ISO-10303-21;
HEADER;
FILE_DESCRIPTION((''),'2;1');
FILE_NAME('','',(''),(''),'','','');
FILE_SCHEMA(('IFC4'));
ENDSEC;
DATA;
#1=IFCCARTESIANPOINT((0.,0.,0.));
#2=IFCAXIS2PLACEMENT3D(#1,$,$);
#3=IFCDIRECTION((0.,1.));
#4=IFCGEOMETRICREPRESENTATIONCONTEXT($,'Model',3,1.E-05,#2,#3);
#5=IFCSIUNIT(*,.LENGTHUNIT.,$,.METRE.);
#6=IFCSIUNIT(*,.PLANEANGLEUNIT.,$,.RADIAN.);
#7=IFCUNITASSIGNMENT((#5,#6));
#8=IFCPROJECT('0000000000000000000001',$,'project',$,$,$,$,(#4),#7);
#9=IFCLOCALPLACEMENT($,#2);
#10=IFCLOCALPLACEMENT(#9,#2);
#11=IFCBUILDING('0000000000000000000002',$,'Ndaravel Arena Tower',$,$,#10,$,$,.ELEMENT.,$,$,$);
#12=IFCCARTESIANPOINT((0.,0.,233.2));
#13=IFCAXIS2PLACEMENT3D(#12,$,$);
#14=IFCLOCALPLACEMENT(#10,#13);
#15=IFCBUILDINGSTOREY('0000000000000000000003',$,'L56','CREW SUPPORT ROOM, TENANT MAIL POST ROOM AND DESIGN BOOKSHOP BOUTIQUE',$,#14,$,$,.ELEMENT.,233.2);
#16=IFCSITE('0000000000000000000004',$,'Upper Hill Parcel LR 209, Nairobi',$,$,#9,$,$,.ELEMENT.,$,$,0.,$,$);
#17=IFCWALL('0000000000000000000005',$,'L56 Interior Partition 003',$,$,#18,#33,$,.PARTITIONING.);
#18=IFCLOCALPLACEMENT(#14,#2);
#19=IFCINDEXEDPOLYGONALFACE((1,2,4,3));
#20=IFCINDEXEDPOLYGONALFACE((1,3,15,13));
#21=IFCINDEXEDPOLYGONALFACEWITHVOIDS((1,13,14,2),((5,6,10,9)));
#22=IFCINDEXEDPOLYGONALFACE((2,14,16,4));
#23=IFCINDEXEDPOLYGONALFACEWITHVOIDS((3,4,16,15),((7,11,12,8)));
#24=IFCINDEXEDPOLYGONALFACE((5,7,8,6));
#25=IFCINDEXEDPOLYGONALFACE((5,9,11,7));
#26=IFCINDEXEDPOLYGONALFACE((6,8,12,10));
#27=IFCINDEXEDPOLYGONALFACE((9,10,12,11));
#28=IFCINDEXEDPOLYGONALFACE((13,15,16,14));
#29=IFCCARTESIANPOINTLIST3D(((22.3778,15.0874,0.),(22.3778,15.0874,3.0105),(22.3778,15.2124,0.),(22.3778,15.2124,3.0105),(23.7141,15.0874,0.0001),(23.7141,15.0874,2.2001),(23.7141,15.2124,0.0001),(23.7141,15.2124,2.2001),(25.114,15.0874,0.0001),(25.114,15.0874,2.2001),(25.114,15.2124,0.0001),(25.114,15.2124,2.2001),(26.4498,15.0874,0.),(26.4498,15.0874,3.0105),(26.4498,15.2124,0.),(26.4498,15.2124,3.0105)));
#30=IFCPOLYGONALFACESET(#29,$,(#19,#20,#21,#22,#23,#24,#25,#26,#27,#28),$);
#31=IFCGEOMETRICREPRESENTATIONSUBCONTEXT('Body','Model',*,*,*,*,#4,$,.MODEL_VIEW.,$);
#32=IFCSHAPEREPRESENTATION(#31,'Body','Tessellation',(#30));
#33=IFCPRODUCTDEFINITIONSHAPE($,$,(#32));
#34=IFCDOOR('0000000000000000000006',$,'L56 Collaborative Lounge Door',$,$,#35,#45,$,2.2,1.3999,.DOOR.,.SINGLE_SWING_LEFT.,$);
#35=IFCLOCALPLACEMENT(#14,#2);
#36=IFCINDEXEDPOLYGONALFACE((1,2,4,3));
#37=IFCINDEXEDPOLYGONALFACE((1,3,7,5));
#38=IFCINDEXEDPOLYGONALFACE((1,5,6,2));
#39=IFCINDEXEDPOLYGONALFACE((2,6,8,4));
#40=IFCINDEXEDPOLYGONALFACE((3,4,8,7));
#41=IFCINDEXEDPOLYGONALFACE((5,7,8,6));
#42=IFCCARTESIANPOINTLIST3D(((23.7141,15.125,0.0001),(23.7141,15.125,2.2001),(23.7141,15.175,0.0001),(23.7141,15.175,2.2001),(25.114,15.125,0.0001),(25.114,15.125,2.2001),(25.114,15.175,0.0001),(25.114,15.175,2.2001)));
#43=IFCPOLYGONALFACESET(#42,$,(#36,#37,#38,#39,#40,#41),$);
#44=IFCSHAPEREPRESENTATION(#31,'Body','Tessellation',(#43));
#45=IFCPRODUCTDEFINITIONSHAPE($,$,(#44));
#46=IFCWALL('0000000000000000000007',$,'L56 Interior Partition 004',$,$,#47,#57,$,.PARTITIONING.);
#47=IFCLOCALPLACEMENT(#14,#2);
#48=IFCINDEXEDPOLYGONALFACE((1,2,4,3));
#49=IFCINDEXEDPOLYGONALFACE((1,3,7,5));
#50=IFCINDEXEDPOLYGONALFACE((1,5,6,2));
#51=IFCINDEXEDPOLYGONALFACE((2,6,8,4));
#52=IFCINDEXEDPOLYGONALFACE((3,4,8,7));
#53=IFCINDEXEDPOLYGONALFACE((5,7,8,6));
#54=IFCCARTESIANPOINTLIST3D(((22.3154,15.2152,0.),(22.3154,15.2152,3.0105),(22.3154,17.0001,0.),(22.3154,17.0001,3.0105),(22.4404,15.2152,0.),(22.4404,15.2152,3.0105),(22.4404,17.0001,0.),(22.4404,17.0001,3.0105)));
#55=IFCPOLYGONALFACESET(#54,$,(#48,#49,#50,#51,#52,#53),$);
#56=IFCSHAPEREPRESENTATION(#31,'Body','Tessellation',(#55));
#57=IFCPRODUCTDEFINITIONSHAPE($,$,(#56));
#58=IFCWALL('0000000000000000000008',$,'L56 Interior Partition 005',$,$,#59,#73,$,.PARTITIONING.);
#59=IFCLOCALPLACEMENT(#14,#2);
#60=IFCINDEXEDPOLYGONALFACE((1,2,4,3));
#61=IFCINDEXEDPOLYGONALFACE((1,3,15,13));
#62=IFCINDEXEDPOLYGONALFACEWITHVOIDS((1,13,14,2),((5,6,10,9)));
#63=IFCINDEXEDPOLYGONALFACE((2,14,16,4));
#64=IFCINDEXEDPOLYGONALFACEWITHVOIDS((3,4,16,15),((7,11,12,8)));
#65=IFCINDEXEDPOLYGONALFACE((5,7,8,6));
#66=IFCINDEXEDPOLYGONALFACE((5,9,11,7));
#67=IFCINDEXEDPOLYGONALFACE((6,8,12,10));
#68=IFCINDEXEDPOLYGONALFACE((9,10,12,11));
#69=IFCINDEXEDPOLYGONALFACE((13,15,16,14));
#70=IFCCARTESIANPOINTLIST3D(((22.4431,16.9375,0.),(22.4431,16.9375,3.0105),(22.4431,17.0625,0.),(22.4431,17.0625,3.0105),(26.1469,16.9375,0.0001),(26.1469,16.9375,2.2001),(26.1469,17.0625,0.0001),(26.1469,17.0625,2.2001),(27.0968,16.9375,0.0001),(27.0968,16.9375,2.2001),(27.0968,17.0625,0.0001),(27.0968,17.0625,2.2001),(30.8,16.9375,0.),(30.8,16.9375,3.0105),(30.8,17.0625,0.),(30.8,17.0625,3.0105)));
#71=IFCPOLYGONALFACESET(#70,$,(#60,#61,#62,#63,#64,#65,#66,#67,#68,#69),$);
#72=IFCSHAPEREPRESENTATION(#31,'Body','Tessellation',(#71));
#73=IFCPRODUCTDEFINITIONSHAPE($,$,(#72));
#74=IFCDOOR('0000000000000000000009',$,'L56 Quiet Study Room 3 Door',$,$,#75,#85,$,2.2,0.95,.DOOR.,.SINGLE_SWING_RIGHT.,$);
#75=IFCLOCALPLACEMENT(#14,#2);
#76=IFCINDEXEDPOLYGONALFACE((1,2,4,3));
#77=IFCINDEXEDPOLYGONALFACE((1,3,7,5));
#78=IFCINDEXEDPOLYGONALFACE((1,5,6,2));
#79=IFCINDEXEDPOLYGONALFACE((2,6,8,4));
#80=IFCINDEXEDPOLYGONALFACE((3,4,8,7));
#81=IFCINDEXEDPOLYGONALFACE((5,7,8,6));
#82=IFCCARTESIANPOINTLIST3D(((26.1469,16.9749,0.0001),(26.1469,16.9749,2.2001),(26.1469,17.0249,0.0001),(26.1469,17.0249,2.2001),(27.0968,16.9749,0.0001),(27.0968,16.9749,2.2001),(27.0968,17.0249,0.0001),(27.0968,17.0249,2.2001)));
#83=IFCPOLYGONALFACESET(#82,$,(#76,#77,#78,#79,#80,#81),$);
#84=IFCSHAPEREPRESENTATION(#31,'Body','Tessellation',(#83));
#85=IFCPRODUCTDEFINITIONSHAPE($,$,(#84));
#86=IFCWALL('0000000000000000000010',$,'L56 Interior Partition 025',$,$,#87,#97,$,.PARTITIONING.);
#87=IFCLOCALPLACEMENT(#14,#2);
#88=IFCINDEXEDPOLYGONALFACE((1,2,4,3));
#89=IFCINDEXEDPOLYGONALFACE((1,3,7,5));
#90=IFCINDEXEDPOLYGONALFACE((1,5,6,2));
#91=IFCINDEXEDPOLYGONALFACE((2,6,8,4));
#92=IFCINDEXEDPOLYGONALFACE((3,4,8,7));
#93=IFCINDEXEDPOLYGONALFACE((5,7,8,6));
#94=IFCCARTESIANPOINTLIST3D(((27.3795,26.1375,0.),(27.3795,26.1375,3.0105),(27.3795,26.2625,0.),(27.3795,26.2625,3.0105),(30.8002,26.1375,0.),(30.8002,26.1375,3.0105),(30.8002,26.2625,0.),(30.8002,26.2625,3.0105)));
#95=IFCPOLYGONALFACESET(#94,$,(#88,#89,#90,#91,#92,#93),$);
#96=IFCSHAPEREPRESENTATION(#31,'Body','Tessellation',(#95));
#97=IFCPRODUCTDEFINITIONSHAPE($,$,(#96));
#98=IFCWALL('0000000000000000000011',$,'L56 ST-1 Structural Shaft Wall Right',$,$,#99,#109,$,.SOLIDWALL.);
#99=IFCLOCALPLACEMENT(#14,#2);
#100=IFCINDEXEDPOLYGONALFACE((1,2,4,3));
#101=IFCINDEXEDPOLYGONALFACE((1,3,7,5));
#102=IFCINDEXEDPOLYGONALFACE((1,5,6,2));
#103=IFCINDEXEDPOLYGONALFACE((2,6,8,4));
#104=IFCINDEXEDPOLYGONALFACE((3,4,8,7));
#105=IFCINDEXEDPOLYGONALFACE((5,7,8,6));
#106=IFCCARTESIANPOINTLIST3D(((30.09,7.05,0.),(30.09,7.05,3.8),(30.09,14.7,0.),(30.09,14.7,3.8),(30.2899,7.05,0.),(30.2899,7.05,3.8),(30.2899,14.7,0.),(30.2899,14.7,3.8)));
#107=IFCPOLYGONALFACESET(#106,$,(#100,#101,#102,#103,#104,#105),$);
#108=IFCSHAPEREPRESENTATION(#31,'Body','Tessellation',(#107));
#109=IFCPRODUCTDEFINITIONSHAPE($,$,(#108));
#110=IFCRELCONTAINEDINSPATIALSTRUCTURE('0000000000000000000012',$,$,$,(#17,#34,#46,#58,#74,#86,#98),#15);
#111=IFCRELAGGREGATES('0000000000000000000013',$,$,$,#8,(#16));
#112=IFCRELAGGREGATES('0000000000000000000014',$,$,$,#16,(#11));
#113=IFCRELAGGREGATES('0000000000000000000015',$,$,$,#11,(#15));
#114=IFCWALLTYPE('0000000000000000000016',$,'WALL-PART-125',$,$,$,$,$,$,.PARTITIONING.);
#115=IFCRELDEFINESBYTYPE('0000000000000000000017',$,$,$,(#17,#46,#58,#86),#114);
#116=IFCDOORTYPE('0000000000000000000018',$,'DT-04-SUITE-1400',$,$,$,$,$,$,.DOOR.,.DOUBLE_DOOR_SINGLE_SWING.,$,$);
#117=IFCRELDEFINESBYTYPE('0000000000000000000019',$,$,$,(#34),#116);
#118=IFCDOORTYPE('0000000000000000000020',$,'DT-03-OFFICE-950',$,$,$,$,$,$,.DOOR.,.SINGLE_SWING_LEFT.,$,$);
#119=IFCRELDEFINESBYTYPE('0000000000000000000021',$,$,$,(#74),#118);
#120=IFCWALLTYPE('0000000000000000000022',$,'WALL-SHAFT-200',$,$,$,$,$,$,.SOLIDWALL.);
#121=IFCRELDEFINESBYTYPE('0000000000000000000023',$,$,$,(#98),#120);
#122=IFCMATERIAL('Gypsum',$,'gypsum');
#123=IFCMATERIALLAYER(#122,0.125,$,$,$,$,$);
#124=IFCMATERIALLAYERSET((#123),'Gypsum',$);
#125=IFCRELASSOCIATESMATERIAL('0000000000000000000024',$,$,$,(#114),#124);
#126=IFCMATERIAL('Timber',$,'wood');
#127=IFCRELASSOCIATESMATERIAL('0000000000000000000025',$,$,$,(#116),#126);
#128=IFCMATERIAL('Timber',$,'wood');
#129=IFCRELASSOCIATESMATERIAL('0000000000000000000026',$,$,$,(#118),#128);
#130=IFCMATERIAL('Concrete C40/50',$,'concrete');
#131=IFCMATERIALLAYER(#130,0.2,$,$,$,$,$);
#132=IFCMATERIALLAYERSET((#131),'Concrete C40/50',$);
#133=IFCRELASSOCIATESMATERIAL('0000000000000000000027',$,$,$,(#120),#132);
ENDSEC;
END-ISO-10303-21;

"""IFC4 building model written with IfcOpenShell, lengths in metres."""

from ifc_helpers import new_model, si_unit, direction, frame, frame_2d, origin, place, context, subcontext, project, spatial, rectangle, extrude, material, layer, layer_set, type_object, element, fill, save


model = new_model("IFC4")

# Units and contexts
model_context = context("Model", 3, precision=1e-05, world=origin(), true_north=direction((0.0, 1.0)))
body_context = subcontext(model_context, "Body", "Model", "MODEL_VIEW")
ifc_project = project(units=[si_unit("LENGTHUNIT", "METRE"), si_unit("PLANEANGLEUNIT", "RADIAN")], contexts=[model_context])

# Site, building, storey
site_placement = place(None, origin())
site = spatial("IfcSite", under=ifc_project, at=site_placement, Name="Upper Hill Parcel LR 209, Nairobi", CompositionType="ELEMENT", RefElevation=0.0)
building_placement = place(site_placement, origin())
building = spatial("IfcBuilding", under=site, at=building_placement, Name="Ndaravel Arena Tower", CompositionType="ELEMENT")
storey_placement = place(building_placement, frame((0.0, 0.0, 233.2)))
storey = spatial("IfcBuildingStorey", under=building, at=storey_placement, Name="L56", Description="CREW SUPPORT ROOM, TENANT MAIL POST ROOM AND DESIGN BOOKSHOP BOUTIQUE", CompositionType="ELEMENT", Elevation=233.2)

# Wall, opening, door
ifc_material_1 = material(Name="Gypsum", Category="gypsum")
ifc_layer_1 = layer(ifc_material_1, 0.125)
ifc_layer_set_1 = layer_set([ifc_layer_1], Name="Gypsum")
wall_type_1 = type_object("IfcWallType", Name="WALL-PART-125", PredefinedType="PARTITIONING", material=ifc_layer_set_1)
wall_1_placement = place(storey_placement, frame((26.45, 15.1499, 0.0), z_axis=(0.0, 0.0, 1.0), x_axis=(-1.0, 0.0, 0.0)))
wall_1 = element("IfcWall", 1, at=wall_1_placement, inside=storey, type_object=wall_type_1, Name="L56 Interior Partition 003", PredefinedType="PARTITIONING", context=body_context, shape_type="SweptSolid", body=[
    extrude(rectangle(XDim=4.072, YDim=0.125, at=frame_2d((2.0361, 0.0))), origin(), (0.0, 0.0, 1.0), 3.0105),
])
opening_1_placement = place(wall_1_placement, frame((1.3359, 0.0, 0.0)))
opening_1 = element("IfcOpeningElement", 2, at=opening_1_placement, cuts=wall_1, PredefinedType="OPENING", context=body_context, shape_type="SweptSolid", body=[
    extrude(rectangle(XDim=1.3999, YDim=2.2, at=frame_2d((0.7, 1.1001))), frame((0.0, 0.0625, 0.0), z_axis=(0.0, -1.0, 0.0), x_axis=(1.0, 0.0, 0.0)), (0.0, 0.0, 1.0), 0.125),
])
ifc_material_2 = material(Name="Timber", Category="wood")
door_type_1 = type_object("IfcDoorType", Name="DT-04-SUITE-1400", OperationType="DOUBLE_DOOR_SINGLE_SWING", PredefinedType="DOOR", material=ifc_material_2)
door_1_placement = place(opening_1_placement, origin())
door_1 = element("IfcDoor", 3, at=door_1_placement, inside=storey, type_object=door_type_1, Name="L56 Collaborative Lounge Door", OperationType="SINGLE_SWING_LEFT", OverallHeight=2.2, OverallWidth=1.3999, PredefinedType="DOOR", context=body_context, shape_type="SweptSolid", body=[
    extrude(rectangle(XDim=1.3999, YDim=2.2, at=frame_2d((0.7, 1.1001))), frame((0.0, 0.0249, 0.0), z_axis=(0.0, -1.0, 0.0), x_axis=(1.0, 0.0, 0.0)), (0.0, 0.0, 1.0), 0.05),
])
fill(opening_1, door_1)

# Wall
wall_2_placement = place(storey_placement, frame((22.3779, 15.2151, 0.0), z_axis=(0.0, 0.0, 1.0), x_axis=(0.0, 1.0, 0.0)))
element("IfcWall", 4, at=wall_2_placement, inside=storey, type_object=wall_type_1, Name="L56 Interior Partition 004", PredefinedType="PARTITIONING", context=body_context, shape_type="SweptSolid", body=[
    extrude(rectangle(XDim=1.7849, YDim=0.125, at=frame_2d((0.8926, 0.0))), origin(), (0.0, 0.0, 1.0), 3.0105),
])

# Wall, opening, door
wall_3_placement = place(storey_placement, frame((22.4431, 17.0, 0.0), z_axis=(0.0, 0.0, 1.0), x_axis=(1.0, 0.0, 0.0)))
wall_3 = element("IfcWall", 5, at=wall_3_placement, inside=storey, type_object=wall_type_1, Name="L56 Interior Partition 005", PredefinedType="PARTITIONING", context=body_context, shape_type="SweptSolid", body=[
    extrude(rectangle(XDim=8.3569, YDim=0.125, at=frame_2d((4.1785, 0.0))), origin(), (0.0, 0.0, 1.0), 3.0105),
])
opening_2_placement = place(wall_3_placement, frame((3.7036, 0.0, 0.0)))
opening_2 = element("IfcOpeningElement", 6, at=opening_2_placement, cuts=wall_3, PredefinedType="OPENING", context=body_context, shape_type="SweptSolid", body=[
    extrude(rectangle(XDim=0.95, YDim=2.2, at=frame_2d((0.4751, 1.1001))), frame((0.0, 0.0625, 0.0), z_axis=(0.0, -1.0, 0.0), x_axis=(1.0, 0.0, 0.0)), (0.0, 0.0, 1.0), 0.125),
])
ifc_material_3 = material(Name="Timber", Category="wood")
door_type_2 = type_object("IfcDoorType", Name="DT-03-OFFICE-950", OperationType="SINGLE_SWING_LEFT", PredefinedType="DOOR", material=ifc_material_3)
door_2_placement = place(opening_2_placement, origin())
door_2 = element("IfcDoor", 7, at=door_2_placement, inside=storey, type_object=door_type_2, Name="L56 Quiet Study Room 3 Door", OperationType="SINGLE_SWING_RIGHT", OverallHeight=2.2, OverallWidth=0.95, PredefinedType="DOOR", context=body_context, shape_type="SweptSolid", body=[
    extrude(rectangle(XDim=0.95, YDim=2.2, at=frame_2d((0.4751, 1.1001))), frame((0.0, 0.0249, 0.0), z_axis=(0.0, -1.0, 0.0), x_axis=(1.0, 0.0, 0.0)), (0.0, 0.0, 1.0), 0.05),
])
fill(opening_2, door_2)

# Walls
wall_4_placement = place(storey_placement, frame((27.3794, 26.2, 0.0), z_axis=(0.0, 0.0, 1.0), x_axis=(1.0, 0.0, 0.0)))
element("IfcWall", 8, at=wall_4_placement, inside=storey, type_object=wall_type_1, Name="L56 Interior Partition 025", PredefinedType="PARTITIONING", context=body_context, shape_type="SweptSolid", body=[
    extrude(rectangle(XDim=3.4207, YDim=0.125, at=frame_2d((1.7104, 0.0))), origin(), (0.0, 0.0, 1.0), 3.0105),
])
ifc_material_4 = material(Name="Concrete C40/50", Category="concrete")
ifc_layer_2 = layer(ifc_material_4, 0.2)
ifc_layer_set_2 = layer_set([ifc_layer_2], Name="Concrete C40/50")
wall_type_2 = type_object("IfcWallType", Name="WALL-SHAFT-200", PredefinedType="SOLIDWALL", material=ifc_layer_set_2)
wall_5_placement = place(storey_placement, frame((30.1899, 14.7, 0.0), z_axis=(0.0, 0.0, 1.0), x_axis=(0.0, -1.0, 0.0)))
element("IfcWall", 9, at=wall_5_placement, inside=storey, type_object=wall_type_2, Name="L56 ST-1 Structural Shaft Wall Right", PredefinedType="SOLIDWALL", context=body_context, shape_type="SweptSolid", body=[
    extrude(rectangle(XDim=7.6499, YDim=0.2, at=frame_2d((3.825, 0.0))), origin(), (0.0, 0.0, 1.0), 3.8),
])

save(model, "model.ifc")
